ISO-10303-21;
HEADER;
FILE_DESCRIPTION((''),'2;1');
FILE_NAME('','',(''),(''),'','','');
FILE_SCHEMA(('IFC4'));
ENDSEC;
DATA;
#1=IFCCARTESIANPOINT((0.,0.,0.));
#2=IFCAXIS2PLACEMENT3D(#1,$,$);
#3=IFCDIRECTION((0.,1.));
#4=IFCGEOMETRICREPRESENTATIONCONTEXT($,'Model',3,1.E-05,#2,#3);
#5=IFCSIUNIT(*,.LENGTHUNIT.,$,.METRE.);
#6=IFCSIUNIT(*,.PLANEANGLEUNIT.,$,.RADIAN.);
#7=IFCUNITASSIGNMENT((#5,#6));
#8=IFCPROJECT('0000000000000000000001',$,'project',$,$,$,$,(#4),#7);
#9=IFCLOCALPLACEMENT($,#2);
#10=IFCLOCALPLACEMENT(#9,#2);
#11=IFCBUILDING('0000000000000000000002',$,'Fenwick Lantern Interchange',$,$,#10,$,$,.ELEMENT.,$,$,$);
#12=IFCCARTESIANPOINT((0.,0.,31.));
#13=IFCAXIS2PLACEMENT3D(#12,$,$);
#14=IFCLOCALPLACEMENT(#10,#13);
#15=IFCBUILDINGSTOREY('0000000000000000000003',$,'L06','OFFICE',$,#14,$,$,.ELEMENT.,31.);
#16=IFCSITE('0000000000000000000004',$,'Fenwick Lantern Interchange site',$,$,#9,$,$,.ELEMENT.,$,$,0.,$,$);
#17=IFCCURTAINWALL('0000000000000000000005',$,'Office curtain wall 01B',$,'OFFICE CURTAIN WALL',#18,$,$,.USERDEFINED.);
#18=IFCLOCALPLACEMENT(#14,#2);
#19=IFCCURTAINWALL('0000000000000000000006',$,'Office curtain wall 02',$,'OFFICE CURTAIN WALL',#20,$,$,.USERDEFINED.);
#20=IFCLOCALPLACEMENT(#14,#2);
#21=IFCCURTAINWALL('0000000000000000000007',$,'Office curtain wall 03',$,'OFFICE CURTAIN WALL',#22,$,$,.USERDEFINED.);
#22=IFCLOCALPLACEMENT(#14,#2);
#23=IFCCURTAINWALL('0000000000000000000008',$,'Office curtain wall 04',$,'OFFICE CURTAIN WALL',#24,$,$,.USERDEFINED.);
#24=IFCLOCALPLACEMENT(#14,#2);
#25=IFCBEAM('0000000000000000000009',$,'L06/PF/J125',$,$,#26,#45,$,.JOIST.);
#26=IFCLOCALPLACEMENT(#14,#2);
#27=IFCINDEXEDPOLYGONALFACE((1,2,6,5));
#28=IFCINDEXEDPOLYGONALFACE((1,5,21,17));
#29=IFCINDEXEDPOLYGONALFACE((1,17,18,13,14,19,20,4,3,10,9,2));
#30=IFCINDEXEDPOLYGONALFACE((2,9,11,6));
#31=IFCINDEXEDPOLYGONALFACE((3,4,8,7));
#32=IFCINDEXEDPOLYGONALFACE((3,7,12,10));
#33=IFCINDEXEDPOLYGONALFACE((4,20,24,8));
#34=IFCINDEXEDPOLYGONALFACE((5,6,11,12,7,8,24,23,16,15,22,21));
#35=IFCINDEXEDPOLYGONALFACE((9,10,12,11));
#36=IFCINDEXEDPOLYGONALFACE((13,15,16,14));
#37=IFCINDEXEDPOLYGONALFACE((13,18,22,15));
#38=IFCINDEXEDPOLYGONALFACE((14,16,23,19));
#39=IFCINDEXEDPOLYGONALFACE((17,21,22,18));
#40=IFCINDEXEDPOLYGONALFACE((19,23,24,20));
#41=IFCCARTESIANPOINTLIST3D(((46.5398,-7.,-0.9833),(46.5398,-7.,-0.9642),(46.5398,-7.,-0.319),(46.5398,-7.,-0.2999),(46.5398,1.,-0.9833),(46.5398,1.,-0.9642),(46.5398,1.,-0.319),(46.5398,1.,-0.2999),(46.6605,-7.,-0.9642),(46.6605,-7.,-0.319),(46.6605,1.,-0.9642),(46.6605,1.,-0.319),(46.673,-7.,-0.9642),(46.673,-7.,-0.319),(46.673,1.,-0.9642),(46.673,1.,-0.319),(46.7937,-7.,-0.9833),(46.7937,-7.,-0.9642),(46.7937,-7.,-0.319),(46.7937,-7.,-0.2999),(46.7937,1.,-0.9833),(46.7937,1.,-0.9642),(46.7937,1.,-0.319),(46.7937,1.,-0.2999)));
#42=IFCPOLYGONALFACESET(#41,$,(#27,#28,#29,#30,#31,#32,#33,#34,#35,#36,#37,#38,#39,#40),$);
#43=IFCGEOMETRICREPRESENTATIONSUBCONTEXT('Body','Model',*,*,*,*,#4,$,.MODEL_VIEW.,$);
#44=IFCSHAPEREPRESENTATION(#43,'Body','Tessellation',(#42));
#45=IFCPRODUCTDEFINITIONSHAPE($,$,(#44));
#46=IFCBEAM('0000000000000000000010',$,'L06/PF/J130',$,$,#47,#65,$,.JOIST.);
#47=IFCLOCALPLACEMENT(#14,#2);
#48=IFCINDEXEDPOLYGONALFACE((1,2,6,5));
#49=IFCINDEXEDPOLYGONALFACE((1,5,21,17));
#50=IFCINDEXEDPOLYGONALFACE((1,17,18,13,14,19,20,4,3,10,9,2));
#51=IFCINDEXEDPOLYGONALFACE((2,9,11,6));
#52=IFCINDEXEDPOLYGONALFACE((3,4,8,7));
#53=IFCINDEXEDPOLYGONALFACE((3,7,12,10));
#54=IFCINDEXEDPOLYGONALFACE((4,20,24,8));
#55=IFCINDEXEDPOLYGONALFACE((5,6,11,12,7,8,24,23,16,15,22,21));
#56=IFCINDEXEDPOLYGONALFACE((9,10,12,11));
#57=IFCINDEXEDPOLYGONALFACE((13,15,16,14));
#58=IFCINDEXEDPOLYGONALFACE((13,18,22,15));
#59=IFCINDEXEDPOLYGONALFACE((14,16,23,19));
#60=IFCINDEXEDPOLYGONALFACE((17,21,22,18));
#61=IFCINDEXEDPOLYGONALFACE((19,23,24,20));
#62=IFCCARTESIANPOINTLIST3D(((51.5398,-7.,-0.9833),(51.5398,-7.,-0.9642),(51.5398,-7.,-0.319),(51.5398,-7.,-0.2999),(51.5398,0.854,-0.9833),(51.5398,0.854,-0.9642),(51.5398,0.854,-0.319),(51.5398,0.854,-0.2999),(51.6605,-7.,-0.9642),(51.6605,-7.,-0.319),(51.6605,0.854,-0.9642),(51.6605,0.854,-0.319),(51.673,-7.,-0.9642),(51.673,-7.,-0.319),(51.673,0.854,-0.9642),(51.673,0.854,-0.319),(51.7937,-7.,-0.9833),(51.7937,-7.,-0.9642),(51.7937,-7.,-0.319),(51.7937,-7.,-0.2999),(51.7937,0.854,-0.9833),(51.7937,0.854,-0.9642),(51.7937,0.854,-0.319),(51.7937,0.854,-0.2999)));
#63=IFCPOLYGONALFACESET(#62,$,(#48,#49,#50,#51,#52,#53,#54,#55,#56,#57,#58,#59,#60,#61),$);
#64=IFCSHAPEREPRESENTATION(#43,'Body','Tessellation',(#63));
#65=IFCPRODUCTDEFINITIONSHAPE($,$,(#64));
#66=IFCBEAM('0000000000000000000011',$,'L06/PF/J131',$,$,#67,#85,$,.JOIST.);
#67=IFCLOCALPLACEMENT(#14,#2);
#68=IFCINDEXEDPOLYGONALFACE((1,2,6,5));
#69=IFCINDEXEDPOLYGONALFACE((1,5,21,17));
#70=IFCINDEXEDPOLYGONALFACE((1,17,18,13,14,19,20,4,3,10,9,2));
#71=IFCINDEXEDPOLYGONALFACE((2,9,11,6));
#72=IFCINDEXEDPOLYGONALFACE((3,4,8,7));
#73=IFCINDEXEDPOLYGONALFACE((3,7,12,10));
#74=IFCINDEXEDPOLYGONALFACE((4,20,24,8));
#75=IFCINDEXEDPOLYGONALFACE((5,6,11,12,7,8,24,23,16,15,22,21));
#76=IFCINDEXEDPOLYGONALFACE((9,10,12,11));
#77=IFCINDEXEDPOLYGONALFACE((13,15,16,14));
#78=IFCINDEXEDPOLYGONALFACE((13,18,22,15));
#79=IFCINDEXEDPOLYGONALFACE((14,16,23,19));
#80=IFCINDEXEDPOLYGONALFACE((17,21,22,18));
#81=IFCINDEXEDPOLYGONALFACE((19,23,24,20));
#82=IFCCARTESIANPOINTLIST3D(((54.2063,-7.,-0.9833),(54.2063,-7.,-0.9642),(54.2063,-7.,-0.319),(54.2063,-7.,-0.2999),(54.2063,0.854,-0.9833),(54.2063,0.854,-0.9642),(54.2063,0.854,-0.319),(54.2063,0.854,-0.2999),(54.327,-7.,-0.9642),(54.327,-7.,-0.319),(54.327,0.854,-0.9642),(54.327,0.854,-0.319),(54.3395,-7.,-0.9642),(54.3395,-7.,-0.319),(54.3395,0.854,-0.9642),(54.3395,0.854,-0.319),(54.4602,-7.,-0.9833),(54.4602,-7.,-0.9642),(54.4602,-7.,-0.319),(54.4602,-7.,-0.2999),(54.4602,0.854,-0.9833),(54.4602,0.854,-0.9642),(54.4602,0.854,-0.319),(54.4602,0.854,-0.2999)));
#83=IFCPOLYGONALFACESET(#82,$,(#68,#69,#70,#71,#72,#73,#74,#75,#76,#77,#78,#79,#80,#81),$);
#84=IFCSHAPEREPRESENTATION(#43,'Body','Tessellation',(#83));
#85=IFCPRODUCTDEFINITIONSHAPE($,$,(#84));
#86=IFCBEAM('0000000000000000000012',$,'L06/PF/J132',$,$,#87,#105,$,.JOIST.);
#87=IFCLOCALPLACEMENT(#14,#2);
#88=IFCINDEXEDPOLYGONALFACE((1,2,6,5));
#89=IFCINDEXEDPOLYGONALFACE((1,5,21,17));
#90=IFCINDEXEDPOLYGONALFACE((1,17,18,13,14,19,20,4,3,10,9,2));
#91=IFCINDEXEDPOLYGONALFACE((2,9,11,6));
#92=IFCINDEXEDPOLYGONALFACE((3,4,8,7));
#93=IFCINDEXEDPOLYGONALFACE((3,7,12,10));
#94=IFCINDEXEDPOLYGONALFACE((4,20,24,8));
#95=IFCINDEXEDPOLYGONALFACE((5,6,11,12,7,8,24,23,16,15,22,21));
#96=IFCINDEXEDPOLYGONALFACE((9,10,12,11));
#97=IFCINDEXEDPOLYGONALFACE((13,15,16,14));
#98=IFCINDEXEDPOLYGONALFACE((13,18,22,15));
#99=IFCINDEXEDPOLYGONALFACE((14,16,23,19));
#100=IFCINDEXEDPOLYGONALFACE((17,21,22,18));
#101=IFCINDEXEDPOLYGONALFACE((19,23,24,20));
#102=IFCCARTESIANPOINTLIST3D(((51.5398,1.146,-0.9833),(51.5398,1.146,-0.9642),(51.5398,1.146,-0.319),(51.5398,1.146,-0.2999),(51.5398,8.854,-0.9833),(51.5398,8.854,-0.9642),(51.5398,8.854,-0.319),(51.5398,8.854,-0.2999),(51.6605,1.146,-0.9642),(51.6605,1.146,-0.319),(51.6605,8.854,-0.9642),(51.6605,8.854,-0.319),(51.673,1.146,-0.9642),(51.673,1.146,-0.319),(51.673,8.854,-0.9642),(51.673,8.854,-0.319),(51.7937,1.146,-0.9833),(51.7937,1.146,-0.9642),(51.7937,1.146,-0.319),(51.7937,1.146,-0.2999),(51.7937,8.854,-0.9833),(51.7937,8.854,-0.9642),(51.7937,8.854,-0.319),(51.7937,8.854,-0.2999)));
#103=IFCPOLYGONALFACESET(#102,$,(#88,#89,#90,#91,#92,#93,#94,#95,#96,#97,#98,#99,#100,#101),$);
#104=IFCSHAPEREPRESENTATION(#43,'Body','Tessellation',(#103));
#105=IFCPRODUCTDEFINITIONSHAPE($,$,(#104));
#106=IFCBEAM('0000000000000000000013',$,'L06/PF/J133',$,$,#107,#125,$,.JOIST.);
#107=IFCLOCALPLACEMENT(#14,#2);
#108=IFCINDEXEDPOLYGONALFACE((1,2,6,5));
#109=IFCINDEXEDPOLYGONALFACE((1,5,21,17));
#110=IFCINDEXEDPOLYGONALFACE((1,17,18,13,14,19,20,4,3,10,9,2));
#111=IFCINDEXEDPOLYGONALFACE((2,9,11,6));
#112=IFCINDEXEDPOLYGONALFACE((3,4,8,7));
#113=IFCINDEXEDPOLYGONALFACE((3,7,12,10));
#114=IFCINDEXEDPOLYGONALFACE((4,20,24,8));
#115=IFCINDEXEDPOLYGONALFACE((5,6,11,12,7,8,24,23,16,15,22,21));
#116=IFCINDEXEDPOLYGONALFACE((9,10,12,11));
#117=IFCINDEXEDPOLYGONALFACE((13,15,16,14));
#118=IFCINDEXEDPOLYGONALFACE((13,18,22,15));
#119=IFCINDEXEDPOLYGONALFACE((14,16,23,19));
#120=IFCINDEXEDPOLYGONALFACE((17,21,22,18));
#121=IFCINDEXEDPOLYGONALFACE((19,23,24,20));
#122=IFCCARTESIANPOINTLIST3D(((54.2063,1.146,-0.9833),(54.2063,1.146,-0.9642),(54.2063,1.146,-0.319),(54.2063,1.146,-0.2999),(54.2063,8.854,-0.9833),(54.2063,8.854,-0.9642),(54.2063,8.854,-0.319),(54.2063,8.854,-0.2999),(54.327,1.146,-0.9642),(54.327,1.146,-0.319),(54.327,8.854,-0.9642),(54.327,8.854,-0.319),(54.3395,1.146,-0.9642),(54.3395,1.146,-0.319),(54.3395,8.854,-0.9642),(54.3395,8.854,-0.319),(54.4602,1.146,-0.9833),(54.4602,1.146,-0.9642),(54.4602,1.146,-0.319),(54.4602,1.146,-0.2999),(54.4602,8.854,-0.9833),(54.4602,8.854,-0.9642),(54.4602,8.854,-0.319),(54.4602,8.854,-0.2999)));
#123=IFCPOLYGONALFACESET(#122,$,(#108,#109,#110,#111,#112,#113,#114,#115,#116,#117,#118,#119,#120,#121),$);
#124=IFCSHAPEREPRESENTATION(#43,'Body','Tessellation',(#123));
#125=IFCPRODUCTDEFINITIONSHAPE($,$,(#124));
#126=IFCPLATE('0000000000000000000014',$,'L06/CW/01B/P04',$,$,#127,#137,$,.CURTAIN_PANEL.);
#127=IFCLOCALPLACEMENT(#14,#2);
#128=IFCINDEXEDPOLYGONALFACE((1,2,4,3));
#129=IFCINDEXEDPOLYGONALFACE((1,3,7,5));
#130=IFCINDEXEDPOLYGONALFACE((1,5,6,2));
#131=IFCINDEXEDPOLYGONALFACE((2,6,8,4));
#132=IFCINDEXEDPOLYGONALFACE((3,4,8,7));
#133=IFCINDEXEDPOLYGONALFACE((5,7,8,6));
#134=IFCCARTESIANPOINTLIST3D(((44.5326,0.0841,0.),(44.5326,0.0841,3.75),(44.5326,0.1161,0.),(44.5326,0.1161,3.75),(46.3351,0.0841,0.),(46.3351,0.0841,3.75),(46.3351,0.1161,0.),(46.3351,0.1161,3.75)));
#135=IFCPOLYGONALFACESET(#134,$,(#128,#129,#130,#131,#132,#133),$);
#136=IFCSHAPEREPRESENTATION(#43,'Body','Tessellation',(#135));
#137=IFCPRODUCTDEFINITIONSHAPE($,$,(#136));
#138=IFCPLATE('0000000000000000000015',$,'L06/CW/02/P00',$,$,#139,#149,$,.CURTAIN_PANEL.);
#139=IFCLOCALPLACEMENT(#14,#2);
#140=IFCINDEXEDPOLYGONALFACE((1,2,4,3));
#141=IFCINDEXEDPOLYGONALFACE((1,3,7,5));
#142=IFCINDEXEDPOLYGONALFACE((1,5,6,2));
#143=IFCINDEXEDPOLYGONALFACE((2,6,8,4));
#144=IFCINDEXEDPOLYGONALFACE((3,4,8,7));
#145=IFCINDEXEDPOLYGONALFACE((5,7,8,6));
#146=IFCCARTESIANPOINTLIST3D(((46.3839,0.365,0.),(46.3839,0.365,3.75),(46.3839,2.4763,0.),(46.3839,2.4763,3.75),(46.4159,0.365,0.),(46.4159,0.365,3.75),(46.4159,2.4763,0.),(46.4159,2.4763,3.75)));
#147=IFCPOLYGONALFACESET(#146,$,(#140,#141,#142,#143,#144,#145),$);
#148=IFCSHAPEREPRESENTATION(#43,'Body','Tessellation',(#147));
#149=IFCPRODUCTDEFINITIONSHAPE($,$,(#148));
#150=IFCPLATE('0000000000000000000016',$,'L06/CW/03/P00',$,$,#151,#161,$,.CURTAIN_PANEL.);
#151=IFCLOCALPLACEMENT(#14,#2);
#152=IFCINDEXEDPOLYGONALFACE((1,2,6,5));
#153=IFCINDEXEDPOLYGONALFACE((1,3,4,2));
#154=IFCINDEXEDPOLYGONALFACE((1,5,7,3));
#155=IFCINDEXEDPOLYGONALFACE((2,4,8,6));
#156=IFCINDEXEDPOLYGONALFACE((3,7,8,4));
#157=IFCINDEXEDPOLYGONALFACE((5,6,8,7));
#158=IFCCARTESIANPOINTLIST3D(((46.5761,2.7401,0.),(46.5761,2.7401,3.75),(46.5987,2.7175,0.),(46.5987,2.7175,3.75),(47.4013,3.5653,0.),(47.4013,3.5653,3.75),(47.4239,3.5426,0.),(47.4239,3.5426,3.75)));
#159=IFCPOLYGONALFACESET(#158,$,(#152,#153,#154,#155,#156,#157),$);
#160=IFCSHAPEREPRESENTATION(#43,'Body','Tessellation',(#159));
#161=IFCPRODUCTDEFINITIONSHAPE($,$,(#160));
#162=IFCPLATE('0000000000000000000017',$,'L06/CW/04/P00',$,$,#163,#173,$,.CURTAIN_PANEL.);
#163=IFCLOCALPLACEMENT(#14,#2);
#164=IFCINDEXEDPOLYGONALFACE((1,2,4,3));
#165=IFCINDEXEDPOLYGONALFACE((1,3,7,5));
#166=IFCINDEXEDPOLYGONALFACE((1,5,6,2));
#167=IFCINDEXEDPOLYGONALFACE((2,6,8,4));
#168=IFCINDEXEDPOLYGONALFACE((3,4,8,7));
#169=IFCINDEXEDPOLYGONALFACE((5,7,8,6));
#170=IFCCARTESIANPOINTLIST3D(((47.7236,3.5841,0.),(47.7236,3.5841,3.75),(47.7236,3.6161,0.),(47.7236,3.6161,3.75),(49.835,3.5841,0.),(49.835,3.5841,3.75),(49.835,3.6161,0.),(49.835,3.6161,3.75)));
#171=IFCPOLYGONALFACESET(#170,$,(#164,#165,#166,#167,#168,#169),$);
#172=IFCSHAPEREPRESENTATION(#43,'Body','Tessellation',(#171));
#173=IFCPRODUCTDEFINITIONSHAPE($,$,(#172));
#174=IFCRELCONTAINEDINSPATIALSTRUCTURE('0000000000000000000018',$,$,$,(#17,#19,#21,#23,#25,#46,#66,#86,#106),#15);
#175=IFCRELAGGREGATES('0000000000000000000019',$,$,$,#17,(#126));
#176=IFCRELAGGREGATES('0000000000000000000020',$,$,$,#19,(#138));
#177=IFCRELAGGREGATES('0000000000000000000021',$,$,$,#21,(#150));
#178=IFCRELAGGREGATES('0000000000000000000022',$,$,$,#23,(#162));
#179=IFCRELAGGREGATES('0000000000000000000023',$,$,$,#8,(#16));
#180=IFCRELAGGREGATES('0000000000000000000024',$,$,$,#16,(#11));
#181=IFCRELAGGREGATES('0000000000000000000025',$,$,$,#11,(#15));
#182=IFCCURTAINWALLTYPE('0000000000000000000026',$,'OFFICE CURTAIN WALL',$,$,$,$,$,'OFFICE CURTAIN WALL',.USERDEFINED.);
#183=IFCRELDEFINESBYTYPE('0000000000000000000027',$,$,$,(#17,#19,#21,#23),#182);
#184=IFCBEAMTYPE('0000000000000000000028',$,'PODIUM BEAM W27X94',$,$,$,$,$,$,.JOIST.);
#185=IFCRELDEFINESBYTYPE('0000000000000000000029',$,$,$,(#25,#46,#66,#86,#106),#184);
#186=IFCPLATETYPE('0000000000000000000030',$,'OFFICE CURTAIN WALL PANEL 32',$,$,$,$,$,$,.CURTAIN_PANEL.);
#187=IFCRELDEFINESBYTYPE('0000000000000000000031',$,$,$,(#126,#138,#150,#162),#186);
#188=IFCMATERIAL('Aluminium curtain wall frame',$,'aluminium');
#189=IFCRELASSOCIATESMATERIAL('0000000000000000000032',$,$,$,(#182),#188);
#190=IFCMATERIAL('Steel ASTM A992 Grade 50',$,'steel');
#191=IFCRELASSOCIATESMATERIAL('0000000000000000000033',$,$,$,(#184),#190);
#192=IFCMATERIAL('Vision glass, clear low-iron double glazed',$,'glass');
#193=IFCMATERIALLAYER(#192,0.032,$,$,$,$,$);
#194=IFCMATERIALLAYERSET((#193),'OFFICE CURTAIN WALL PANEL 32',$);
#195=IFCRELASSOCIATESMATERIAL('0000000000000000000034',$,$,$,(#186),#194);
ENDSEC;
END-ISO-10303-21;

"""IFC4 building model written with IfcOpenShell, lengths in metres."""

from ifc_helpers import new_model, si_unit, direction, frame, origin, origin_2d, place, context, subcontext, project, spatial, rectangle, i_section, extrude, material, layer, layer_set, material_profile, profile_set, type_object, element, aggregate, save


model = new_model("IFC4")

# Units and contexts
model_context = context("Model", 3, precision=1e-05, world=origin(), true_north=direction((0.0, 1.0)))
body_context = subcontext(model_context, "Body", "Model", "MODEL_VIEW")
ifc_project = project(units=[si_unit("LENGTHUNIT", "METRE"), si_unit("PLANEANGLEUNIT", "RADIAN")], contexts=[model_context])

# Site, building, storey
site_placement = place(None, origin())
site = spatial("IfcSite", under=ifc_project, at=site_placement, Name="Fenwick Lantern Interchange site", CompositionType="ELEMENT", RefElevation=0.0)
building_placement = place(site_placement, origin())
building = spatial("IfcBuilding", under=site, at=building_placement, Name="Fenwick Lantern Interchange", CompositionType="ELEMENT")
storey_placement = place(building_placement, frame((0.0, 0.0, 31.0)))
storey = spatial("IfcBuildingStorey", under=building, at=storey_placement, Name="L06", Description="OFFICE", CompositionType="ELEMENT", Elevation=31.0)

# Shared definitions
ifc_material_1 = material(Name="Steel ASTM A992 Grade 50", Category="steel")

# Curtain walls
ifc_material_2 = material(Name="Aluminium curtain wall frame", Category="aluminium")
curtain_wall_type = type_object("IfcCurtainWallType", Name="OFFICE CURTAIN WALL", ElementType="OFFICE CURTAIN WALL", PredefinedType="USERDEFINED", material=ifc_material_2)
curtain_wall_1_placement = place(storey_placement, origin())
curtain_wall_1 = element("IfcCurtainWall", 1, at=curtain_wall_1_placement, inside=storey, type_object=curtain_wall_type, Name="Office curtain wall 01B", ObjectType="OFFICE CURTAIN WALL", PredefinedType="USERDEFINED")
curtain_wall_2_placement = place(storey_placement, origin())
curtain_wall_2 = element("IfcCurtainWall", 2, at=curtain_wall_2_placement, inside=storey, type_object=curtain_wall_type, Name="Office curtain wall 02", ObjectType="OFFICE CURTAIN WALL", PredefinedType="USERDEFINED")
curtain_wall_3_placement = place(storey_placement, origin())
curtain_wall_3 = element("IfcCurtainWall", 3, at=curtain_wall_3_placement, inside=storey, type_object=curtain_wall_type, Name="Office curtain wall 03", ObjectType="OFFICE CURTAIN WALL", PredefinedType="USERDEFINED")
curtain_wall_4_placement = place(storey_placement, origin())
curtain_wall_4 = element("IfcCurtainWall", 4, at=curtain_wall_4_placement, inside=storey, type_object=curtain_wall_type, Name="Office curtain wall 04", ObjectType="OFFICE CURTAIN WALL", PredefinedType="USERDEFINED")

# Beams
ifc_material_profile_1 = material_profile(ifc_material_1, i_section(OverallWidth=0.2539, OverallDepth=0.6833, WebThickness=0.0125, FlangeThickness=0.019, at=origin_2d()), Name="W27X94")
ifc_profile_set_1 = profile_set([ifc_material_profile_1], Name="Steel ASTM A992 Grade 50")
beam_type_1 = type_object("IfcBeamType", Name="PODIUM BEAM W27X94", PredefinedType="JOIST", material=ifc_profile_set_1)
for number, where, z_axis, x_axis, name in (
    (5, (46.6667, -7.0, -0.6416), (0.0, 1.0, 0.0), (-1.0, 0.0, 0.0), "L06/PF/J125"),
):
    element("IfcBeam", number, at=place(storey_placement, frame(where, z_axis=z_axis, x_axis=x_axis)), inside=storey, type_object=beam_type_1, Name=name, PredefinedType="JOIST", context=body_context, shape_type="SweptSolid", body=[
        extrude(i_section(OverallWidth=0.2539, OverallDepth=0.6833, WebThickness=0.0125, FlangeThickness=0.019, at=origin_2d()), origin(), (0.0, 0.0, 1.0), 8.0),
    ])
for number, where, z_axis, x_axis, name in (
    (6, (51.6667, -7.0, -0.6416), (0.0, 1.0, 0.0), (-1.0, 0.0, 0.0), "L06/PF/J130"),
    (7, (54.3333, -7.0, -0.6416), (0.0, 1.0, 0.0), (-1.0, 0.0, 0.0), "L06/PF/J131"),
):
    element("IfcBeam", number, at=place(storey_placement, frame(where, z_axis=z_axis, x_axis=x_axis)), inside=storey, type_object=beam_type_1, Name=name, PredefinedType="JOIST", context=body_context, shape_type="SweptSolid", body=[
        extrude(i_section(OverallWidth=0.2539, OverallDepth=0.6833, WebThickness=0.0125, FlangeThickness=0.019, at=origin_2d()), origin(), (0.0, 0.0, 1.0), 7.854),
    ])
for number, where, z_axis, x_axis, name in (
    (8, (51.6667, 1.146, -0.6416), (0.0, 1.0, 0.0), (-1.0, 0.0, 0.0), "L06/PF/J132"),
    (9, (54.3333, 1.146, -0.6416), (0.0, 1.0, 0.0), (-1.0, 0.0, 0.0), "L06/PF/J133"),
):
    element("IfcBeam", number, at=place(storey_placement, frame(where, z_axis=z_axis, x_axis=x_axis)), inside=storey, type_object=beam_type_1, Name=name, PredefinedType="JOIST", context=body_context, shape_type="SweptSolid", body=[
        extrude(i_section(OverallWidth=0.2539, OverallDepth=0.6833, WebThickness=0.0125, FlangeThickness=0.019, at=origin_2d()), origin(), (0.0, 0.0, 1.0), 7.708),
    ])

# Plates
ifc_material_3 = material(Name="Vision glass, clear low-iron double glazed", Category="glass")
ifc_layer_1 = layer(ifc_material_3, 0.032)
ifc_layer_set_1 = layer_set([ifc_layer_1], Name="OFFICE CURTAIN WALL PANEL 32")
plate_type = type_object("IfcPlateType", Name="OFFICE CURTAIN WALL PANEL 32", PredefinedType="CURTAIN_PANEL", material=ifc_layer_set_1)
plate_1_placement = place(storey_placement, frame((45.4338, 0.1001, 0.0), z_axis=(0.0, 0.0, 1.0), x_axis=(1.0, 0.0, 0.0)))
plate_1 = element("IfcPlate", 10, at=plate_1_placement, type_object=plate_type, Name="L06/CW/01B/P04", PredefinedType="CURTAIN_PANEL", context=body_context, shape_type="SweptSolid", body=[
    extrude(rectangle(XDim=1.8025, YDim=0.032, at=origin_2d()), origin(), (0.0, 0.0, 1.0), 3.75),
])
aggregate(curtain_wall_1, [plate_1])
plate_2_placement = place(storey_placement, frame((46.3999, 1.4207, 0.0), z_axis=(0.0, 0.0, 1.0), x_axis=(0.0, 1.0, 0.0)))
plate_2 = element("IfcPlate", 11, at=plate_2_placement, type_object=plate_type, Name="L06/CW/02/P00", PredefinedType="CURTAIN_PANEL", context=body_context, shape_type="SweptSolid", body=[
    extrude(rectangle(XDim=2.1113, YDim=0.032, at=origin_2d()), origin(), (0.0, 0.0, 1.0), 3.75),
])
aggregate(curtain_wall_2, [plate_2])
plate_3_placement = place(storey_placement, frame((47.0, 3.1414, 0.0), z_axis=(0.0, 0.0, 1.0), x_axis=(0.707107, 0.707107, 0.0)))
plate_3 = element("IfcPlate", 12, at=plate_3_placement, type_object=plate_type, Name="L06/CW/03/P00", PredefinedType="CURTAIN_PANEL", context=body_context, shape_type="SweptSolid", body=[
    extrude(rectangle(XDim=1.167, YDim=0.032, at=origin_2d()), origin(), (0.0, 0.0, 1.0), 3.75),
])
aggregate(curtain_wall_3, [plate_3])
plate_4_placement = place(storey_placement, frame((48.7793, 3.6001, 0.0), z_axis=(0.0, 0.0, 1.0), x_axis=(1.0, 0.0, 0.0)))
plate_4 = element("IfcPlate", 13, at=plate_4_placement, type_object=plate_type, Name="L06/CW/04/P00", PredefinedType="CURTAIN_PANEL", context=body_context, shape_type="SweptSolid", body=[
    extrude(rectangle(XDim=2.1113, YDim=0.032, at=origin_2d()), origin(), (0.0, 0.0, 1.0), 3.75),
])
aggregate(curtain_wall_4, [plate_4])

save(model, "model.ifc")
